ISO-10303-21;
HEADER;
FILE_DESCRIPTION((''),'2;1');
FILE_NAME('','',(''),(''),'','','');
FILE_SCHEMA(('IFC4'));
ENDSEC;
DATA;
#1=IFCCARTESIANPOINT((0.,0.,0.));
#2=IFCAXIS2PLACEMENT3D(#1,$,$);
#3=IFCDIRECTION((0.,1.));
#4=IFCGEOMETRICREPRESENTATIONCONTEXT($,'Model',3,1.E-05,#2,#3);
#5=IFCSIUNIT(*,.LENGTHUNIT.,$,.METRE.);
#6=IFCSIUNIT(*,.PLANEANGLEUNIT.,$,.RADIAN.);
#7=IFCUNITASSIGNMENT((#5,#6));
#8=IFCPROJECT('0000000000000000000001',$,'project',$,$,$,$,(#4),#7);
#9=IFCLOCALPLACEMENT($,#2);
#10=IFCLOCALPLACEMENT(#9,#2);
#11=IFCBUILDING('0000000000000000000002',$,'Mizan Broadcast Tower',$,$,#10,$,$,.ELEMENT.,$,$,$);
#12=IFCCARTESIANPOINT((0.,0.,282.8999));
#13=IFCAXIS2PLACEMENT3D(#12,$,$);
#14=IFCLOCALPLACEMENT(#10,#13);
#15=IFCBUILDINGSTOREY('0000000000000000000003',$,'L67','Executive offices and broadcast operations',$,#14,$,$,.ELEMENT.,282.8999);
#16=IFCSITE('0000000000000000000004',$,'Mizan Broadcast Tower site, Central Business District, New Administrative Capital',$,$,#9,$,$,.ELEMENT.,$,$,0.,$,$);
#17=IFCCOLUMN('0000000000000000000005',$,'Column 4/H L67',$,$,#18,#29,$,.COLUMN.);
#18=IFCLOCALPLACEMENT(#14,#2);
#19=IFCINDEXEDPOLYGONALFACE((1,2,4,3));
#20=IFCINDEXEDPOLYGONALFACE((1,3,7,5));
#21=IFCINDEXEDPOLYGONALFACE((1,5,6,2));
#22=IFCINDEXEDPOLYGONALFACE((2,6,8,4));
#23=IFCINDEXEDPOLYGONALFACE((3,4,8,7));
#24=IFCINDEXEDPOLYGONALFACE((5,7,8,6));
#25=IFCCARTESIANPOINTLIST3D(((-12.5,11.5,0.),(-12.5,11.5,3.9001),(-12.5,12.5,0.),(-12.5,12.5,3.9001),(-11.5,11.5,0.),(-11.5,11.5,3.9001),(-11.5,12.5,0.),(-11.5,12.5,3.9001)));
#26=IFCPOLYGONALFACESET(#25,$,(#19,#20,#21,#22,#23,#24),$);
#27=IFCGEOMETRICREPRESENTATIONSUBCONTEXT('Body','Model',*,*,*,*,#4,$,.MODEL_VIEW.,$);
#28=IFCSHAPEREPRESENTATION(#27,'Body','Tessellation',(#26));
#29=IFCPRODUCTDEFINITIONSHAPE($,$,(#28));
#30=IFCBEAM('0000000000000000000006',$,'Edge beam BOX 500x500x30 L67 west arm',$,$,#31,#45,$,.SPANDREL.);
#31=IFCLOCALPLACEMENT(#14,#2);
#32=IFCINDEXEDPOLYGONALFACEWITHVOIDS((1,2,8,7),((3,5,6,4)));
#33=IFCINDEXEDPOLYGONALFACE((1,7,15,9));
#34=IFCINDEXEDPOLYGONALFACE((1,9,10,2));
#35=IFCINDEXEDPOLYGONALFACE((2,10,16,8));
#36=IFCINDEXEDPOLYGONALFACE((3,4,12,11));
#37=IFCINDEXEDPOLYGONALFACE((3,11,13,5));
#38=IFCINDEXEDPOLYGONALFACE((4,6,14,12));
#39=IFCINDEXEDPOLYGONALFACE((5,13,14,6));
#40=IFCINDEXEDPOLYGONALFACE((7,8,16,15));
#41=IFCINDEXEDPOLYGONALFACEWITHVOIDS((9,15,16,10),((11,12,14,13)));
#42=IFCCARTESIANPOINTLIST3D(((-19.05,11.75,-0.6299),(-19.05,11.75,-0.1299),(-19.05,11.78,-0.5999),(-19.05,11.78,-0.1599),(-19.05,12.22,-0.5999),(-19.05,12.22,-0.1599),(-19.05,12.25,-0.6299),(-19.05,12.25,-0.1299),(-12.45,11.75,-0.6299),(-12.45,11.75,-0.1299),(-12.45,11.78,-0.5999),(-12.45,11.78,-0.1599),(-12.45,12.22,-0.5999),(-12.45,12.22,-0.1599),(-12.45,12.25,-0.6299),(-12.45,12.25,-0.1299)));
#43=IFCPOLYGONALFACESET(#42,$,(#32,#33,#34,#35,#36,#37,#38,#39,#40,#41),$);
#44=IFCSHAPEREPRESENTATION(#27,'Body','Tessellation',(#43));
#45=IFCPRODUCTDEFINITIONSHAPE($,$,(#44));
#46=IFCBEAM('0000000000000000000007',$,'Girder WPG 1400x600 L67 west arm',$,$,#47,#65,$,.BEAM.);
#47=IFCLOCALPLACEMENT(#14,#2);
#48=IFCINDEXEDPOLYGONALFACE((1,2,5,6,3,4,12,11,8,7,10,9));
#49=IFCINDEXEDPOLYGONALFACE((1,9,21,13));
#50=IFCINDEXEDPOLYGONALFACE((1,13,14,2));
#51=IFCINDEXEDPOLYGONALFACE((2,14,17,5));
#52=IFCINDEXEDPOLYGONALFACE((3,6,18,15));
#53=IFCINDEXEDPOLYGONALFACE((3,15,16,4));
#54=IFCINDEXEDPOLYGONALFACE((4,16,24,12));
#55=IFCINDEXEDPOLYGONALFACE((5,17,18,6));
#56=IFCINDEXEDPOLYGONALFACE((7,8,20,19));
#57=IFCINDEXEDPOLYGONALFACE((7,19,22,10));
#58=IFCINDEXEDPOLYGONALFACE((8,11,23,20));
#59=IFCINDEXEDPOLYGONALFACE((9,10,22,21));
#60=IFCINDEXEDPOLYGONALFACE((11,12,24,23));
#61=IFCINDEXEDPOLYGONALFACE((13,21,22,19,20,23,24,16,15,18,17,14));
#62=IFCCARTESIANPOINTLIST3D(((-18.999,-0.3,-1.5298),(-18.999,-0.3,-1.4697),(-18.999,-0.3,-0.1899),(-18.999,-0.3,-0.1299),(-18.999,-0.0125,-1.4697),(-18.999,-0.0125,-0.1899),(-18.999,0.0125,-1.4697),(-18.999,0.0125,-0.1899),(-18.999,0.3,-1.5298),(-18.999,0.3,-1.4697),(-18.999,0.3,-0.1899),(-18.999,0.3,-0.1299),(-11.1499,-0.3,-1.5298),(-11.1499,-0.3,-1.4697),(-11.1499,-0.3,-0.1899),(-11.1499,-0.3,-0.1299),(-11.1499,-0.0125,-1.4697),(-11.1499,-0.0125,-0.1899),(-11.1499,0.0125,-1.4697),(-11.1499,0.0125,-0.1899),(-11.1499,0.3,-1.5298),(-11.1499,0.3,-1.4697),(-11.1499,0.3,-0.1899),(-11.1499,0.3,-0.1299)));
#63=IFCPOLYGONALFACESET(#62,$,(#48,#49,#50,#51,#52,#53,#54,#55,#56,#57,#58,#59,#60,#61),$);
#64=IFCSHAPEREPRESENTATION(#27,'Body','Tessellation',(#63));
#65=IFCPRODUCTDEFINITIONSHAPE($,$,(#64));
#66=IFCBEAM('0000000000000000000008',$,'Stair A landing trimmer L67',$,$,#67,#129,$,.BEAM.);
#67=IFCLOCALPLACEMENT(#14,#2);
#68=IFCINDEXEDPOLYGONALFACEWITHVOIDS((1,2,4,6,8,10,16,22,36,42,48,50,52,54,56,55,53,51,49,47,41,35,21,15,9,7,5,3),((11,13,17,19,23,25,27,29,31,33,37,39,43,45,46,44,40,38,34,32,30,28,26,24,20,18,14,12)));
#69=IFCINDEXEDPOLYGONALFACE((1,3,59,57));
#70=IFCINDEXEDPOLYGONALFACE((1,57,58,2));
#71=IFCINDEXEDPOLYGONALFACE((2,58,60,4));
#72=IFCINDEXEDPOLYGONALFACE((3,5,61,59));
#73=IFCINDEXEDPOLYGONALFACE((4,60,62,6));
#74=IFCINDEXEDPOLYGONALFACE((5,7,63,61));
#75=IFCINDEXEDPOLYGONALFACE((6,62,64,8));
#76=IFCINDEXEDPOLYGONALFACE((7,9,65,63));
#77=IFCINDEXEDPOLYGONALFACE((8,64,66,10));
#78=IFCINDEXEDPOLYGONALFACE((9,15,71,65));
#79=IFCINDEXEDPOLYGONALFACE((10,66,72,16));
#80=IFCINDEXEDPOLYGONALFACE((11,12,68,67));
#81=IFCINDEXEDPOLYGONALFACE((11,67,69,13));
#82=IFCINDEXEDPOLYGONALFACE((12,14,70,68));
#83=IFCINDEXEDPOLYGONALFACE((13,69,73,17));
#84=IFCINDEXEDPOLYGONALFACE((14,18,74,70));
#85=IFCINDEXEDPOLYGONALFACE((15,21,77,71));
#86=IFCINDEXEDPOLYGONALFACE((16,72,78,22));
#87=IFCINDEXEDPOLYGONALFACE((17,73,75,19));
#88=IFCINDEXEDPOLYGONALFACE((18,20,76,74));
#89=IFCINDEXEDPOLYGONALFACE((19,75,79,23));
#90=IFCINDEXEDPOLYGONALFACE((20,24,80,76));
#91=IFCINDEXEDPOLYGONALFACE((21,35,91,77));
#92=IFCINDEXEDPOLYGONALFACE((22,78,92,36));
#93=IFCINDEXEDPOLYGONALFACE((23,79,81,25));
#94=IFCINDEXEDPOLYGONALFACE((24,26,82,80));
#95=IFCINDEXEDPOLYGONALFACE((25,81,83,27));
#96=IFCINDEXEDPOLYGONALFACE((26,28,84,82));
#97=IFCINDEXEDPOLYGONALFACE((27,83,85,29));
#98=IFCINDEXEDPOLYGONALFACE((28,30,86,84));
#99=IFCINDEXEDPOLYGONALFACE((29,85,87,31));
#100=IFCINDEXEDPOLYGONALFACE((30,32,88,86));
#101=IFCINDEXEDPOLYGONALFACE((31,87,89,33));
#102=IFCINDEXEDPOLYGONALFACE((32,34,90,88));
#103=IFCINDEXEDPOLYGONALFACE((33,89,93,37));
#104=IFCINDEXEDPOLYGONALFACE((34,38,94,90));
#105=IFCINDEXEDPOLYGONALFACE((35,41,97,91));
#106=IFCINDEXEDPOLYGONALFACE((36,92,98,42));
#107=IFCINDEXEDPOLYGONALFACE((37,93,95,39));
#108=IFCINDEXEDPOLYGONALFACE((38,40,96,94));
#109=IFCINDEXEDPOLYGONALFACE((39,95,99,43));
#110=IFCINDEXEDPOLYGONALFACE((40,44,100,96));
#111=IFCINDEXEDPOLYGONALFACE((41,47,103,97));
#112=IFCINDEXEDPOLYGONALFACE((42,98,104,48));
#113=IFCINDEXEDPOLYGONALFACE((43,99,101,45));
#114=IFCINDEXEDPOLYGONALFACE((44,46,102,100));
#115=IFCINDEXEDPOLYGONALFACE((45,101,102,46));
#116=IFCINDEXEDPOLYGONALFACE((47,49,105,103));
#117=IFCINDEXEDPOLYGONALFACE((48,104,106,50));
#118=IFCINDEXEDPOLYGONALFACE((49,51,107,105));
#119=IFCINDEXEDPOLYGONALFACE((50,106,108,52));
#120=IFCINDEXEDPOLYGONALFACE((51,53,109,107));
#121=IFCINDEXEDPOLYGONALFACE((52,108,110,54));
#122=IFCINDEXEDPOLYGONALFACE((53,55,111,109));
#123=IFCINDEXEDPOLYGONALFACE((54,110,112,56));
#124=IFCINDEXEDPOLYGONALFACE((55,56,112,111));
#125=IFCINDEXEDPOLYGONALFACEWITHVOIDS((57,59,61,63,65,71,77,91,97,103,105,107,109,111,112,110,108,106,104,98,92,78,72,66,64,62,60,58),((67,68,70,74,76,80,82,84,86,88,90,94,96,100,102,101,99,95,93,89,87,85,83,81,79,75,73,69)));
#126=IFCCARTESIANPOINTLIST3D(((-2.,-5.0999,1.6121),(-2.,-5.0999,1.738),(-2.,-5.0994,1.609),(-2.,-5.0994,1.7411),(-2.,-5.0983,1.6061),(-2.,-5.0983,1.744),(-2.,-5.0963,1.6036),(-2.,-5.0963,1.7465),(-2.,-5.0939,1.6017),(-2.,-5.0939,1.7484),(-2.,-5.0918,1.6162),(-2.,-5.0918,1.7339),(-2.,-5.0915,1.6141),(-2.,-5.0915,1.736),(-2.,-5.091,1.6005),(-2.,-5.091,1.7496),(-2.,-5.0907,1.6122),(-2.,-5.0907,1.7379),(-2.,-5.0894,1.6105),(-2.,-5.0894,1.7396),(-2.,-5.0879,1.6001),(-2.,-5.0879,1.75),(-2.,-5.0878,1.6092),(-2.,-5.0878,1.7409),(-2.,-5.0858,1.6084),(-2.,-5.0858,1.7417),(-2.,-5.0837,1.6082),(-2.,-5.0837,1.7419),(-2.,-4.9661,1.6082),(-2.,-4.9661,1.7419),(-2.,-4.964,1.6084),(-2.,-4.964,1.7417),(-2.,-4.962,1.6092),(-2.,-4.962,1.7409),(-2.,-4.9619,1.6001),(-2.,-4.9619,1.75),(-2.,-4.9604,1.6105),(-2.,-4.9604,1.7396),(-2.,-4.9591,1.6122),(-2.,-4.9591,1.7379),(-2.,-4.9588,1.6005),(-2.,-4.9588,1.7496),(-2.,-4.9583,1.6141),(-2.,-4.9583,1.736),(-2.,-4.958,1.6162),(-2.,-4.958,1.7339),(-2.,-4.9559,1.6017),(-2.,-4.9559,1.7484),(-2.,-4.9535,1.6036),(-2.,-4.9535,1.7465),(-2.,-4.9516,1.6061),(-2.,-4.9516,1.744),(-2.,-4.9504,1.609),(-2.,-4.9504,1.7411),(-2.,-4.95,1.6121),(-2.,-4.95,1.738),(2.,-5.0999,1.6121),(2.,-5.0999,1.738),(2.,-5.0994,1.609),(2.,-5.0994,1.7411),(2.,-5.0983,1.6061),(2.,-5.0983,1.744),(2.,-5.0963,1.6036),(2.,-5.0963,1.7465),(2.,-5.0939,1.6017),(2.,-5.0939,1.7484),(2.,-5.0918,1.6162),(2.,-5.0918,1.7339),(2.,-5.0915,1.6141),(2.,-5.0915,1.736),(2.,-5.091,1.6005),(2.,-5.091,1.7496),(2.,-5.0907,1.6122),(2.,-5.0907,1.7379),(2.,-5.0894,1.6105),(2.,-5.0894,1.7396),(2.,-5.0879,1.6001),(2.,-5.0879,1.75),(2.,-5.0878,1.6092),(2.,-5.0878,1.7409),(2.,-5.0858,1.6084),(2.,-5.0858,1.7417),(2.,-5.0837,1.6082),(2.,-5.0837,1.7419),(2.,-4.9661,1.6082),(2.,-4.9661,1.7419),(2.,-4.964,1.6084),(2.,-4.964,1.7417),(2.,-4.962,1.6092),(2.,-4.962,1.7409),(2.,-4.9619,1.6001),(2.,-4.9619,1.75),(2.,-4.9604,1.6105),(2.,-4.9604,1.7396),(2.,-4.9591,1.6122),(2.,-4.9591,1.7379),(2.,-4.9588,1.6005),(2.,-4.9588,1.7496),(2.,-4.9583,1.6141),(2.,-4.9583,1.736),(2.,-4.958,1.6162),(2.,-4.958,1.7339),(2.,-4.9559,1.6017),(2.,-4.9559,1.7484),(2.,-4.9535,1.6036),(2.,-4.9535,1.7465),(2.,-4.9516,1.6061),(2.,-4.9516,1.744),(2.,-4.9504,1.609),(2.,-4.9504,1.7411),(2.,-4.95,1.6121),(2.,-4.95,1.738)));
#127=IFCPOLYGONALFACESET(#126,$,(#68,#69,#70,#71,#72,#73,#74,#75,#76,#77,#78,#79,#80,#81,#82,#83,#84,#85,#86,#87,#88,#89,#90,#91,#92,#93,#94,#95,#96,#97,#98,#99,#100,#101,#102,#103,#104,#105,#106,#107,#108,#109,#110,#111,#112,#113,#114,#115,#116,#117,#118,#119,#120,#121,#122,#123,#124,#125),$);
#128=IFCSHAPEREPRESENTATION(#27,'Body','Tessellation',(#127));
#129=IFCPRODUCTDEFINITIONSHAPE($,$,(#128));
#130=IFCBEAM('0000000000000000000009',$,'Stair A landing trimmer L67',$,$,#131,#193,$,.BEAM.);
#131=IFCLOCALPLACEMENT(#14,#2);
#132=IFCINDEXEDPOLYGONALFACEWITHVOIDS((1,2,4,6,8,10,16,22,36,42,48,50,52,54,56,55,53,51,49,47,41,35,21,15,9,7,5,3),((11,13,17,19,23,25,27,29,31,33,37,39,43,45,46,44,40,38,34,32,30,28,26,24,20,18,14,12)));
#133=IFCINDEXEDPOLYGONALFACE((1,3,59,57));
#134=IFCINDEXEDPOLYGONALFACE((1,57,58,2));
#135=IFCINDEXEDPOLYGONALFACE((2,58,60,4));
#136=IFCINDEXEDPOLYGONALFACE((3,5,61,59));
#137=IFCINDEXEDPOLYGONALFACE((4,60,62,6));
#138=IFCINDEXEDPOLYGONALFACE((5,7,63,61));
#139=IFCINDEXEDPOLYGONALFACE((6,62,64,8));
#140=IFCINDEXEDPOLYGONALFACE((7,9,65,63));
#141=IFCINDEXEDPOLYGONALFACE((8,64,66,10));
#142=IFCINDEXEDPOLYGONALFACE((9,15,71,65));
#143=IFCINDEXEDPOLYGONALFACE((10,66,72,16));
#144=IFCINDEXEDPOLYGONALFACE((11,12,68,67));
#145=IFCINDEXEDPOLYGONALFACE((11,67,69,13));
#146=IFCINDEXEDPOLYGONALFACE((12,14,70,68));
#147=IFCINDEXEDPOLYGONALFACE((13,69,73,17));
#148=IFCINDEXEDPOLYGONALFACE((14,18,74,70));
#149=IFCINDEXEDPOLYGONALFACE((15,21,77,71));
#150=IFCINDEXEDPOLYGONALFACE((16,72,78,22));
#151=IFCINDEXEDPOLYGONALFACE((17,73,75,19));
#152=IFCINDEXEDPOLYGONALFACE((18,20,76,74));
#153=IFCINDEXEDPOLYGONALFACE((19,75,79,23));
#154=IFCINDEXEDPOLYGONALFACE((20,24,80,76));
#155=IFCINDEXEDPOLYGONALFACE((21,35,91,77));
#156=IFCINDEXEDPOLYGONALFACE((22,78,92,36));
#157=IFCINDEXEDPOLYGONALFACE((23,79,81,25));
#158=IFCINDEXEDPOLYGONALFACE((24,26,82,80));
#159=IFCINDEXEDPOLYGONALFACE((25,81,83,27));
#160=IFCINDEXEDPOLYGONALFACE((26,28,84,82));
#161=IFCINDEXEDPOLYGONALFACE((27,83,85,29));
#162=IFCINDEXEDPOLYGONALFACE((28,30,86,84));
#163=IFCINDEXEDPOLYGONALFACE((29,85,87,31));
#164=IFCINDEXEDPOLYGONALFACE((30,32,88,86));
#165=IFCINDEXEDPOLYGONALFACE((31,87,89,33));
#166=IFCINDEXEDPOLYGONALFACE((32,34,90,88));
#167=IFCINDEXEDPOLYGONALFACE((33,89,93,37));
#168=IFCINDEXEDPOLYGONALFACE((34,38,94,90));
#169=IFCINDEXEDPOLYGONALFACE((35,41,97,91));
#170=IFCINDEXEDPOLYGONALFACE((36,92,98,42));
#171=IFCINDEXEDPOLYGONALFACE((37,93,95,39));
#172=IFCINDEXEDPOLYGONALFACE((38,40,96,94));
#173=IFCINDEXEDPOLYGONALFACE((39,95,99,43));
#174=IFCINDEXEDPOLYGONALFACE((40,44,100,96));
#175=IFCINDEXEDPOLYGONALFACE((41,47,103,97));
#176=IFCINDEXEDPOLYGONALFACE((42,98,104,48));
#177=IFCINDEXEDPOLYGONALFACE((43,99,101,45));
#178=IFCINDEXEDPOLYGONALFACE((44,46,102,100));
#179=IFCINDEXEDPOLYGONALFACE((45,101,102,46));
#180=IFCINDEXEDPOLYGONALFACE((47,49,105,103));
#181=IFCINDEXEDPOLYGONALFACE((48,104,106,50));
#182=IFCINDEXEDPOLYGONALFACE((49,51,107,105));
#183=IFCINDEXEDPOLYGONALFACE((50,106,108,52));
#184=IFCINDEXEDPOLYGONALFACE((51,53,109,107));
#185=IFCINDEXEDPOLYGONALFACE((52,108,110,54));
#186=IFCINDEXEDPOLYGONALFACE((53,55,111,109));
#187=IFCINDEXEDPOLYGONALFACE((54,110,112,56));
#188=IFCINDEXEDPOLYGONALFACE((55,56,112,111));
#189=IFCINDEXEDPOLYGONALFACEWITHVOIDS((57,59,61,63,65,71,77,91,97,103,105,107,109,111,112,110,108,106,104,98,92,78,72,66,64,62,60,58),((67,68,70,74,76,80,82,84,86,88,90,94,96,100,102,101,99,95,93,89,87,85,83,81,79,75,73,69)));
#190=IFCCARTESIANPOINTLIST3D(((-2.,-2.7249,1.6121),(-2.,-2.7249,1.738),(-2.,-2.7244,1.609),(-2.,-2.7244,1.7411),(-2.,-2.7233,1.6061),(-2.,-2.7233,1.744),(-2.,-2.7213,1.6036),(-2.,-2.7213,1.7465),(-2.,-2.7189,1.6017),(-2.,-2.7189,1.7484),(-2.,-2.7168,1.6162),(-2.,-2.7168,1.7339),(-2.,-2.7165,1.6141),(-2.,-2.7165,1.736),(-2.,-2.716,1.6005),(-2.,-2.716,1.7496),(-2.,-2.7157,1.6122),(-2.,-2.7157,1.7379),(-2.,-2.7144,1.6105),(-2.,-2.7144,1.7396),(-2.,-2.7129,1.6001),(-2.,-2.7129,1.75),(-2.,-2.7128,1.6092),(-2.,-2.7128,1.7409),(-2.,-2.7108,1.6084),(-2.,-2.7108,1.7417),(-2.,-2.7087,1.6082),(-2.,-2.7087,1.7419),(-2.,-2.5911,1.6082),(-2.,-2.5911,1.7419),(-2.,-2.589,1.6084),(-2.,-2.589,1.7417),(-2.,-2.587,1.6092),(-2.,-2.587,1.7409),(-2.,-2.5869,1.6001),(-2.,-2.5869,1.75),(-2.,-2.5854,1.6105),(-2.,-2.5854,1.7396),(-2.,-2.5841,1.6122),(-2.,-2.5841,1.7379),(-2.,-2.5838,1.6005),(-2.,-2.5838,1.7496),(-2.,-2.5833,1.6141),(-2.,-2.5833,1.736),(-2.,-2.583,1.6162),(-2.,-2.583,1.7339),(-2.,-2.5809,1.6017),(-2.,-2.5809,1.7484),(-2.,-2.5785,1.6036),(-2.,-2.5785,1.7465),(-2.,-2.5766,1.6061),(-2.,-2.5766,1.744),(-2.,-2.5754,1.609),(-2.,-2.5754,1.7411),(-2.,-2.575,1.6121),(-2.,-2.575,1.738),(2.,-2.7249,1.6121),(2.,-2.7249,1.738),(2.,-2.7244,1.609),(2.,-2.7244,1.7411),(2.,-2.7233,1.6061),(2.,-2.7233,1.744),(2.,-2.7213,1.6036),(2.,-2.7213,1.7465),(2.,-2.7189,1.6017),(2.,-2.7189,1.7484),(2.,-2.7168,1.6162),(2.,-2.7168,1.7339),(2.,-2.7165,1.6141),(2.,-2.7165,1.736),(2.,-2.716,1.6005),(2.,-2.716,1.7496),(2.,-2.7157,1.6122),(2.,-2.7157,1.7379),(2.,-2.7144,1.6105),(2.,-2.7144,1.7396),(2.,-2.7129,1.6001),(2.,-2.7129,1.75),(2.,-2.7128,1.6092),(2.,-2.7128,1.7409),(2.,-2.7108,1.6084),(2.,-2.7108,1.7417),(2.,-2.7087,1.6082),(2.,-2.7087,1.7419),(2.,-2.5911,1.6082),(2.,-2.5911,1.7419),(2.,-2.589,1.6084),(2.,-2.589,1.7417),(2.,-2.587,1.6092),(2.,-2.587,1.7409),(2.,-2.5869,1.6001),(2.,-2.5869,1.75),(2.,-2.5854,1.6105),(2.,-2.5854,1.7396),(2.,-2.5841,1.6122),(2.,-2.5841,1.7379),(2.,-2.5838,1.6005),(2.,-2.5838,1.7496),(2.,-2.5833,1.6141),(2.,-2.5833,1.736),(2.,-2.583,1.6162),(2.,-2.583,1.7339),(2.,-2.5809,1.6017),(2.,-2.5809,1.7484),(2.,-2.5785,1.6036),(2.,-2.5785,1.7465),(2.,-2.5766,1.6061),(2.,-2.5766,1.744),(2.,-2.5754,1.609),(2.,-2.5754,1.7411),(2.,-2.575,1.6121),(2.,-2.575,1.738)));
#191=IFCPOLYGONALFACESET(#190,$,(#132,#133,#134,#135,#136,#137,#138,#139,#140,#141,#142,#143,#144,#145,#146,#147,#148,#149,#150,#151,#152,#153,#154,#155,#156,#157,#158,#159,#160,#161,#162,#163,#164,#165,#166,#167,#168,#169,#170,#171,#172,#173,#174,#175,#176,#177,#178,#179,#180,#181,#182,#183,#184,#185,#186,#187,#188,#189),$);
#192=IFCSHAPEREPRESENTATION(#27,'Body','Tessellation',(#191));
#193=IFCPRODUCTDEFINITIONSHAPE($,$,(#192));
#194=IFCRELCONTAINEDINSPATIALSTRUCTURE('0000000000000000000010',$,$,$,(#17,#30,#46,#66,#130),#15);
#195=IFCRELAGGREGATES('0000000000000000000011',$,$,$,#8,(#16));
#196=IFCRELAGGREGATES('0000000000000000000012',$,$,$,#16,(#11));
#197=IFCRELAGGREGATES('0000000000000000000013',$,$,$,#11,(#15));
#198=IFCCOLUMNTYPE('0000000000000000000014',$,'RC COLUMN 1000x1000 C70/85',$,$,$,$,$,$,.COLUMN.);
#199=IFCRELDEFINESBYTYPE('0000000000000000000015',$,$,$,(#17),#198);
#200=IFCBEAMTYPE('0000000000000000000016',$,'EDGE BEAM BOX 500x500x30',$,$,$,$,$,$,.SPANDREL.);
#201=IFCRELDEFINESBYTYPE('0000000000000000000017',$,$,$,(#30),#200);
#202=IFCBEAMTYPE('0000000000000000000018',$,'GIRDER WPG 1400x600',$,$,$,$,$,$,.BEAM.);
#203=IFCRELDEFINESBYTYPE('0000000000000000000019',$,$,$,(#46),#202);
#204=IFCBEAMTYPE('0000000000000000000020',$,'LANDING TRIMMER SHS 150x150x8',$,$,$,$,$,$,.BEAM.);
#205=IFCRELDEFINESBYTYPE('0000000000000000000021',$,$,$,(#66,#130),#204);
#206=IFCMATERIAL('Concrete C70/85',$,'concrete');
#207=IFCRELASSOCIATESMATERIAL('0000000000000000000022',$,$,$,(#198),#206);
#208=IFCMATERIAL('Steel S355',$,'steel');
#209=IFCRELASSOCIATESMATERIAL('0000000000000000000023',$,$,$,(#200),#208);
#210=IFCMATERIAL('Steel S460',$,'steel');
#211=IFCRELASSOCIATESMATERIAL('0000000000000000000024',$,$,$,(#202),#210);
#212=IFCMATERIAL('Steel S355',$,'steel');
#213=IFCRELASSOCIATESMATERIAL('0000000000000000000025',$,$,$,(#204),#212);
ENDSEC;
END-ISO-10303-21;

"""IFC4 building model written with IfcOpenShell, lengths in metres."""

from ifc_helpers import new_model, si_unit, direction, frame, origin, origin_2d, place, context, subcontext, project, spatial, rectangle, hollow_rectangle, i_section, extrude, material, material_profile, profile_set, type_object, element, save


model = new_model("IFC4")

# Units and contexts
model_context = context("Model", 3, precision=1e-05, world=origin(), true_north=direction((0.0, 1.0)))
body_context = subcontext(model_context, "Body", "Model", "MODEL_VIEW")
ifc_project = project(units=[si_unit("LENGTHUNIT", "METRE"), si_unit("PLANEANGLEUNIT", "RADIAN")], contexts=[model_context])

# Site, building, storey
site_placement = place(None, origin())
site = spatial("IfcSite", under=ifc_project, at=site_placement, Name="Mizan Broadcast Tower site, Central Business District, New Administrative Capital", CompositionType="ELEMENT", RefElevation=0.0)
building_placement = place(site_placement, origin())
building = spatial("IfcBuilding", under=site, at=building_placement, Name="Mizan Broadcast Tower", CompositionType="ELEMENT")
storey_placement = place(building_placement, frame((0.0, 0.0, 282.8999)))
storey = spatial("IfcBuildingStorey", under=building, at=storey_placement, Name="L67", Description="Executive offices and broadcast operations", CompositionType="ELEMENT", Elevation=282.8999)

# Column
ifc_material_1 = material(Name="Concrete C70/85", Category="concrete")
ifc_material_profile_1 = material_profile(ifc_material_1, rectangle(XDim=1.0, YDim=1.0, at=origin_2d()), Name="RC 1000x1000")
ifc_profile_set_1 = profile_set([ifc_material_profile_1], Name="Concrete C70/85")
column_type = type_object("IfcColumnType", Name="RC COLUMN 1000x1000 C70/85", PredefinedType="COLUMN", material=ifc_profile_set_1)
column_placement = place(storey_placement, frame((-12.0, 12.0, 0.0), z_axis=(0.0, 0.0, 1.0), x_axis=(1.0, 0.0, 0.0)))
element("IfcColumn", 1, at=column_placement, inside=storey, type_object=column_type, Name="Column 4/H L67", PredefinedType="COLUMN", context=body_context, shape_type="SweptSolid", body=[
    extrude(rectangle(XDim=1.0, YDim=1.0, at=origin_2d()), origin(), (0.0, 0.0, 1.0), 3.9001),
])

# Beams
ifc_material_2 = material(Name="Steel S355", Category="steel")
ifc_material_profile_2 = material_profile(ifc_material_2, hollow_rectangle(XDim=0.5, YDim=0.5, WallThickness=0.03, at=origin_2d()), Name="BOX 500x500x30")
ifc_profile_set_2 = profile_set([ifc_material_profile_2], Name="Steel S355")
beam_type_1 = type_object("IfcBeamType", Name="EDGE BEAM BOX 500x500x30", PredefinedType="SPANDREL", material=ifc_profile_set_2)
beam_1_placement = place(storey_placement, frame((-12.45, 12.0, -0.3799), z_axis=(-1.0, 0.0, 0.0), x_axis=(0.0, -1.0, 0.0)))
element("IfcBeam", 2, at=beam_1_placement, inside=storey, type_object=beam_type_1, Name="Edge beam BOX 500x500x30 L67 west arm", PredefinedType="SPANDREL", context=body_context, shape_type="SweptSolid", body=[
    extrude(hollow_rectangle(XDim=0.5, YDim=0.5, WallThickness=0.03, at=origin_2d()), origin(), (0.0, 0.0, 1.0), 6.6001),
])
ifc_material_3 = material(Name="Steel S460", Category="steel")
ifc_material_profile_3 = material_profile(ifc_material_3, i_section(OverallWidth=0.6001, OverallDepth=1.3999, WebThickness=0.0249, FlangeThickness=0.0601, at=origin_2d()), Name="WPG 1400x600")
ifc_profile_set_3 = profile_set([ifc_material_profile_3], Name="Steel S460")
beam_type_2 = type_object("IfcBeamType", Name="GIRDER WPG 1400x600", PredefinedType="BEAM", material=ifc_profile_set_3)
beam_2_placement = place(storey_placement, frame((-11.1499, 0.0, -0.8298), z_axis=(-1.0, 0.0, 0.0), x_axis=(0.0, -1.0, 0.0)))
element("IfcBeam", 3, at=beam_2_placement, inside=storey, type_object=beam_type_2, Name="Girder WPG 1400x600 L67 west arm", PredefinedType="BEAM", context=body_context, shape_type="SweptSolid", body=[
    extrude(i_section(OverallWidth=0.6001, OverallDepth=1.3999, WebThickness=0.0249, FlangeThickness=0.0601, at=origin_2d()), origin(), (0.0, 0.0, 1.0), 7.8491),
])
ifc_material_4 = material(Name="Steel S355", Category="steel")
ifc_material_profile_4 = material_profile(ifc_material_4, hollow_rectangle(XDim=0.1499, YDim=0.1499, WallThickness=0.0081, InnerFilletRadius=0.0081, OuterFilletRadius=0.012, at=origin_2d()), Name="SHS 150x150x8")
ifc_profile_set_4 = profile_set([ifc_material_profile_4], Name="Steel S355")
beam_type_3 = type_object("IfcBeamType", Name="LANDING TRIMMER SHS 150x150x8", PredefinedType="BEAM", material=ifc_profile_set_4)
for number, where, z_axis, x_axis, name in (
    (4, (-2.0, -5.0249, 1.675), (1.0, 0.0, 0.0), (0.0, 1.0, 0.0), "Stair A landing trimmer L67"),
    (5, (-2.0, -2.6499, 1.675), (1.0, 0.0, 0.0), (0.0, 1.0, 0.0), "Stair A landing trimmer L67"),
):
    element("IfcBeam", number, at=place(storey_placement, frame(where, z_axis=z_axis, x_axis=x_axis)), inside=storey, type_object=beam_type_3, Name=name, PredefinedType="BEAM", context=body_context, shape_type="SweptSolid", body=[
        extrude(hollow_rectangle(XDim=0.1499, YDim=0.1499, WallThickness=0.0081, InnerFilletRadius=0.0081, OuterFilletRadius=0.012, at=origin_2d()), origin(), (0.0, 0.0, 1.0), 4.0),
    ])

save(model, "model.ifc")
